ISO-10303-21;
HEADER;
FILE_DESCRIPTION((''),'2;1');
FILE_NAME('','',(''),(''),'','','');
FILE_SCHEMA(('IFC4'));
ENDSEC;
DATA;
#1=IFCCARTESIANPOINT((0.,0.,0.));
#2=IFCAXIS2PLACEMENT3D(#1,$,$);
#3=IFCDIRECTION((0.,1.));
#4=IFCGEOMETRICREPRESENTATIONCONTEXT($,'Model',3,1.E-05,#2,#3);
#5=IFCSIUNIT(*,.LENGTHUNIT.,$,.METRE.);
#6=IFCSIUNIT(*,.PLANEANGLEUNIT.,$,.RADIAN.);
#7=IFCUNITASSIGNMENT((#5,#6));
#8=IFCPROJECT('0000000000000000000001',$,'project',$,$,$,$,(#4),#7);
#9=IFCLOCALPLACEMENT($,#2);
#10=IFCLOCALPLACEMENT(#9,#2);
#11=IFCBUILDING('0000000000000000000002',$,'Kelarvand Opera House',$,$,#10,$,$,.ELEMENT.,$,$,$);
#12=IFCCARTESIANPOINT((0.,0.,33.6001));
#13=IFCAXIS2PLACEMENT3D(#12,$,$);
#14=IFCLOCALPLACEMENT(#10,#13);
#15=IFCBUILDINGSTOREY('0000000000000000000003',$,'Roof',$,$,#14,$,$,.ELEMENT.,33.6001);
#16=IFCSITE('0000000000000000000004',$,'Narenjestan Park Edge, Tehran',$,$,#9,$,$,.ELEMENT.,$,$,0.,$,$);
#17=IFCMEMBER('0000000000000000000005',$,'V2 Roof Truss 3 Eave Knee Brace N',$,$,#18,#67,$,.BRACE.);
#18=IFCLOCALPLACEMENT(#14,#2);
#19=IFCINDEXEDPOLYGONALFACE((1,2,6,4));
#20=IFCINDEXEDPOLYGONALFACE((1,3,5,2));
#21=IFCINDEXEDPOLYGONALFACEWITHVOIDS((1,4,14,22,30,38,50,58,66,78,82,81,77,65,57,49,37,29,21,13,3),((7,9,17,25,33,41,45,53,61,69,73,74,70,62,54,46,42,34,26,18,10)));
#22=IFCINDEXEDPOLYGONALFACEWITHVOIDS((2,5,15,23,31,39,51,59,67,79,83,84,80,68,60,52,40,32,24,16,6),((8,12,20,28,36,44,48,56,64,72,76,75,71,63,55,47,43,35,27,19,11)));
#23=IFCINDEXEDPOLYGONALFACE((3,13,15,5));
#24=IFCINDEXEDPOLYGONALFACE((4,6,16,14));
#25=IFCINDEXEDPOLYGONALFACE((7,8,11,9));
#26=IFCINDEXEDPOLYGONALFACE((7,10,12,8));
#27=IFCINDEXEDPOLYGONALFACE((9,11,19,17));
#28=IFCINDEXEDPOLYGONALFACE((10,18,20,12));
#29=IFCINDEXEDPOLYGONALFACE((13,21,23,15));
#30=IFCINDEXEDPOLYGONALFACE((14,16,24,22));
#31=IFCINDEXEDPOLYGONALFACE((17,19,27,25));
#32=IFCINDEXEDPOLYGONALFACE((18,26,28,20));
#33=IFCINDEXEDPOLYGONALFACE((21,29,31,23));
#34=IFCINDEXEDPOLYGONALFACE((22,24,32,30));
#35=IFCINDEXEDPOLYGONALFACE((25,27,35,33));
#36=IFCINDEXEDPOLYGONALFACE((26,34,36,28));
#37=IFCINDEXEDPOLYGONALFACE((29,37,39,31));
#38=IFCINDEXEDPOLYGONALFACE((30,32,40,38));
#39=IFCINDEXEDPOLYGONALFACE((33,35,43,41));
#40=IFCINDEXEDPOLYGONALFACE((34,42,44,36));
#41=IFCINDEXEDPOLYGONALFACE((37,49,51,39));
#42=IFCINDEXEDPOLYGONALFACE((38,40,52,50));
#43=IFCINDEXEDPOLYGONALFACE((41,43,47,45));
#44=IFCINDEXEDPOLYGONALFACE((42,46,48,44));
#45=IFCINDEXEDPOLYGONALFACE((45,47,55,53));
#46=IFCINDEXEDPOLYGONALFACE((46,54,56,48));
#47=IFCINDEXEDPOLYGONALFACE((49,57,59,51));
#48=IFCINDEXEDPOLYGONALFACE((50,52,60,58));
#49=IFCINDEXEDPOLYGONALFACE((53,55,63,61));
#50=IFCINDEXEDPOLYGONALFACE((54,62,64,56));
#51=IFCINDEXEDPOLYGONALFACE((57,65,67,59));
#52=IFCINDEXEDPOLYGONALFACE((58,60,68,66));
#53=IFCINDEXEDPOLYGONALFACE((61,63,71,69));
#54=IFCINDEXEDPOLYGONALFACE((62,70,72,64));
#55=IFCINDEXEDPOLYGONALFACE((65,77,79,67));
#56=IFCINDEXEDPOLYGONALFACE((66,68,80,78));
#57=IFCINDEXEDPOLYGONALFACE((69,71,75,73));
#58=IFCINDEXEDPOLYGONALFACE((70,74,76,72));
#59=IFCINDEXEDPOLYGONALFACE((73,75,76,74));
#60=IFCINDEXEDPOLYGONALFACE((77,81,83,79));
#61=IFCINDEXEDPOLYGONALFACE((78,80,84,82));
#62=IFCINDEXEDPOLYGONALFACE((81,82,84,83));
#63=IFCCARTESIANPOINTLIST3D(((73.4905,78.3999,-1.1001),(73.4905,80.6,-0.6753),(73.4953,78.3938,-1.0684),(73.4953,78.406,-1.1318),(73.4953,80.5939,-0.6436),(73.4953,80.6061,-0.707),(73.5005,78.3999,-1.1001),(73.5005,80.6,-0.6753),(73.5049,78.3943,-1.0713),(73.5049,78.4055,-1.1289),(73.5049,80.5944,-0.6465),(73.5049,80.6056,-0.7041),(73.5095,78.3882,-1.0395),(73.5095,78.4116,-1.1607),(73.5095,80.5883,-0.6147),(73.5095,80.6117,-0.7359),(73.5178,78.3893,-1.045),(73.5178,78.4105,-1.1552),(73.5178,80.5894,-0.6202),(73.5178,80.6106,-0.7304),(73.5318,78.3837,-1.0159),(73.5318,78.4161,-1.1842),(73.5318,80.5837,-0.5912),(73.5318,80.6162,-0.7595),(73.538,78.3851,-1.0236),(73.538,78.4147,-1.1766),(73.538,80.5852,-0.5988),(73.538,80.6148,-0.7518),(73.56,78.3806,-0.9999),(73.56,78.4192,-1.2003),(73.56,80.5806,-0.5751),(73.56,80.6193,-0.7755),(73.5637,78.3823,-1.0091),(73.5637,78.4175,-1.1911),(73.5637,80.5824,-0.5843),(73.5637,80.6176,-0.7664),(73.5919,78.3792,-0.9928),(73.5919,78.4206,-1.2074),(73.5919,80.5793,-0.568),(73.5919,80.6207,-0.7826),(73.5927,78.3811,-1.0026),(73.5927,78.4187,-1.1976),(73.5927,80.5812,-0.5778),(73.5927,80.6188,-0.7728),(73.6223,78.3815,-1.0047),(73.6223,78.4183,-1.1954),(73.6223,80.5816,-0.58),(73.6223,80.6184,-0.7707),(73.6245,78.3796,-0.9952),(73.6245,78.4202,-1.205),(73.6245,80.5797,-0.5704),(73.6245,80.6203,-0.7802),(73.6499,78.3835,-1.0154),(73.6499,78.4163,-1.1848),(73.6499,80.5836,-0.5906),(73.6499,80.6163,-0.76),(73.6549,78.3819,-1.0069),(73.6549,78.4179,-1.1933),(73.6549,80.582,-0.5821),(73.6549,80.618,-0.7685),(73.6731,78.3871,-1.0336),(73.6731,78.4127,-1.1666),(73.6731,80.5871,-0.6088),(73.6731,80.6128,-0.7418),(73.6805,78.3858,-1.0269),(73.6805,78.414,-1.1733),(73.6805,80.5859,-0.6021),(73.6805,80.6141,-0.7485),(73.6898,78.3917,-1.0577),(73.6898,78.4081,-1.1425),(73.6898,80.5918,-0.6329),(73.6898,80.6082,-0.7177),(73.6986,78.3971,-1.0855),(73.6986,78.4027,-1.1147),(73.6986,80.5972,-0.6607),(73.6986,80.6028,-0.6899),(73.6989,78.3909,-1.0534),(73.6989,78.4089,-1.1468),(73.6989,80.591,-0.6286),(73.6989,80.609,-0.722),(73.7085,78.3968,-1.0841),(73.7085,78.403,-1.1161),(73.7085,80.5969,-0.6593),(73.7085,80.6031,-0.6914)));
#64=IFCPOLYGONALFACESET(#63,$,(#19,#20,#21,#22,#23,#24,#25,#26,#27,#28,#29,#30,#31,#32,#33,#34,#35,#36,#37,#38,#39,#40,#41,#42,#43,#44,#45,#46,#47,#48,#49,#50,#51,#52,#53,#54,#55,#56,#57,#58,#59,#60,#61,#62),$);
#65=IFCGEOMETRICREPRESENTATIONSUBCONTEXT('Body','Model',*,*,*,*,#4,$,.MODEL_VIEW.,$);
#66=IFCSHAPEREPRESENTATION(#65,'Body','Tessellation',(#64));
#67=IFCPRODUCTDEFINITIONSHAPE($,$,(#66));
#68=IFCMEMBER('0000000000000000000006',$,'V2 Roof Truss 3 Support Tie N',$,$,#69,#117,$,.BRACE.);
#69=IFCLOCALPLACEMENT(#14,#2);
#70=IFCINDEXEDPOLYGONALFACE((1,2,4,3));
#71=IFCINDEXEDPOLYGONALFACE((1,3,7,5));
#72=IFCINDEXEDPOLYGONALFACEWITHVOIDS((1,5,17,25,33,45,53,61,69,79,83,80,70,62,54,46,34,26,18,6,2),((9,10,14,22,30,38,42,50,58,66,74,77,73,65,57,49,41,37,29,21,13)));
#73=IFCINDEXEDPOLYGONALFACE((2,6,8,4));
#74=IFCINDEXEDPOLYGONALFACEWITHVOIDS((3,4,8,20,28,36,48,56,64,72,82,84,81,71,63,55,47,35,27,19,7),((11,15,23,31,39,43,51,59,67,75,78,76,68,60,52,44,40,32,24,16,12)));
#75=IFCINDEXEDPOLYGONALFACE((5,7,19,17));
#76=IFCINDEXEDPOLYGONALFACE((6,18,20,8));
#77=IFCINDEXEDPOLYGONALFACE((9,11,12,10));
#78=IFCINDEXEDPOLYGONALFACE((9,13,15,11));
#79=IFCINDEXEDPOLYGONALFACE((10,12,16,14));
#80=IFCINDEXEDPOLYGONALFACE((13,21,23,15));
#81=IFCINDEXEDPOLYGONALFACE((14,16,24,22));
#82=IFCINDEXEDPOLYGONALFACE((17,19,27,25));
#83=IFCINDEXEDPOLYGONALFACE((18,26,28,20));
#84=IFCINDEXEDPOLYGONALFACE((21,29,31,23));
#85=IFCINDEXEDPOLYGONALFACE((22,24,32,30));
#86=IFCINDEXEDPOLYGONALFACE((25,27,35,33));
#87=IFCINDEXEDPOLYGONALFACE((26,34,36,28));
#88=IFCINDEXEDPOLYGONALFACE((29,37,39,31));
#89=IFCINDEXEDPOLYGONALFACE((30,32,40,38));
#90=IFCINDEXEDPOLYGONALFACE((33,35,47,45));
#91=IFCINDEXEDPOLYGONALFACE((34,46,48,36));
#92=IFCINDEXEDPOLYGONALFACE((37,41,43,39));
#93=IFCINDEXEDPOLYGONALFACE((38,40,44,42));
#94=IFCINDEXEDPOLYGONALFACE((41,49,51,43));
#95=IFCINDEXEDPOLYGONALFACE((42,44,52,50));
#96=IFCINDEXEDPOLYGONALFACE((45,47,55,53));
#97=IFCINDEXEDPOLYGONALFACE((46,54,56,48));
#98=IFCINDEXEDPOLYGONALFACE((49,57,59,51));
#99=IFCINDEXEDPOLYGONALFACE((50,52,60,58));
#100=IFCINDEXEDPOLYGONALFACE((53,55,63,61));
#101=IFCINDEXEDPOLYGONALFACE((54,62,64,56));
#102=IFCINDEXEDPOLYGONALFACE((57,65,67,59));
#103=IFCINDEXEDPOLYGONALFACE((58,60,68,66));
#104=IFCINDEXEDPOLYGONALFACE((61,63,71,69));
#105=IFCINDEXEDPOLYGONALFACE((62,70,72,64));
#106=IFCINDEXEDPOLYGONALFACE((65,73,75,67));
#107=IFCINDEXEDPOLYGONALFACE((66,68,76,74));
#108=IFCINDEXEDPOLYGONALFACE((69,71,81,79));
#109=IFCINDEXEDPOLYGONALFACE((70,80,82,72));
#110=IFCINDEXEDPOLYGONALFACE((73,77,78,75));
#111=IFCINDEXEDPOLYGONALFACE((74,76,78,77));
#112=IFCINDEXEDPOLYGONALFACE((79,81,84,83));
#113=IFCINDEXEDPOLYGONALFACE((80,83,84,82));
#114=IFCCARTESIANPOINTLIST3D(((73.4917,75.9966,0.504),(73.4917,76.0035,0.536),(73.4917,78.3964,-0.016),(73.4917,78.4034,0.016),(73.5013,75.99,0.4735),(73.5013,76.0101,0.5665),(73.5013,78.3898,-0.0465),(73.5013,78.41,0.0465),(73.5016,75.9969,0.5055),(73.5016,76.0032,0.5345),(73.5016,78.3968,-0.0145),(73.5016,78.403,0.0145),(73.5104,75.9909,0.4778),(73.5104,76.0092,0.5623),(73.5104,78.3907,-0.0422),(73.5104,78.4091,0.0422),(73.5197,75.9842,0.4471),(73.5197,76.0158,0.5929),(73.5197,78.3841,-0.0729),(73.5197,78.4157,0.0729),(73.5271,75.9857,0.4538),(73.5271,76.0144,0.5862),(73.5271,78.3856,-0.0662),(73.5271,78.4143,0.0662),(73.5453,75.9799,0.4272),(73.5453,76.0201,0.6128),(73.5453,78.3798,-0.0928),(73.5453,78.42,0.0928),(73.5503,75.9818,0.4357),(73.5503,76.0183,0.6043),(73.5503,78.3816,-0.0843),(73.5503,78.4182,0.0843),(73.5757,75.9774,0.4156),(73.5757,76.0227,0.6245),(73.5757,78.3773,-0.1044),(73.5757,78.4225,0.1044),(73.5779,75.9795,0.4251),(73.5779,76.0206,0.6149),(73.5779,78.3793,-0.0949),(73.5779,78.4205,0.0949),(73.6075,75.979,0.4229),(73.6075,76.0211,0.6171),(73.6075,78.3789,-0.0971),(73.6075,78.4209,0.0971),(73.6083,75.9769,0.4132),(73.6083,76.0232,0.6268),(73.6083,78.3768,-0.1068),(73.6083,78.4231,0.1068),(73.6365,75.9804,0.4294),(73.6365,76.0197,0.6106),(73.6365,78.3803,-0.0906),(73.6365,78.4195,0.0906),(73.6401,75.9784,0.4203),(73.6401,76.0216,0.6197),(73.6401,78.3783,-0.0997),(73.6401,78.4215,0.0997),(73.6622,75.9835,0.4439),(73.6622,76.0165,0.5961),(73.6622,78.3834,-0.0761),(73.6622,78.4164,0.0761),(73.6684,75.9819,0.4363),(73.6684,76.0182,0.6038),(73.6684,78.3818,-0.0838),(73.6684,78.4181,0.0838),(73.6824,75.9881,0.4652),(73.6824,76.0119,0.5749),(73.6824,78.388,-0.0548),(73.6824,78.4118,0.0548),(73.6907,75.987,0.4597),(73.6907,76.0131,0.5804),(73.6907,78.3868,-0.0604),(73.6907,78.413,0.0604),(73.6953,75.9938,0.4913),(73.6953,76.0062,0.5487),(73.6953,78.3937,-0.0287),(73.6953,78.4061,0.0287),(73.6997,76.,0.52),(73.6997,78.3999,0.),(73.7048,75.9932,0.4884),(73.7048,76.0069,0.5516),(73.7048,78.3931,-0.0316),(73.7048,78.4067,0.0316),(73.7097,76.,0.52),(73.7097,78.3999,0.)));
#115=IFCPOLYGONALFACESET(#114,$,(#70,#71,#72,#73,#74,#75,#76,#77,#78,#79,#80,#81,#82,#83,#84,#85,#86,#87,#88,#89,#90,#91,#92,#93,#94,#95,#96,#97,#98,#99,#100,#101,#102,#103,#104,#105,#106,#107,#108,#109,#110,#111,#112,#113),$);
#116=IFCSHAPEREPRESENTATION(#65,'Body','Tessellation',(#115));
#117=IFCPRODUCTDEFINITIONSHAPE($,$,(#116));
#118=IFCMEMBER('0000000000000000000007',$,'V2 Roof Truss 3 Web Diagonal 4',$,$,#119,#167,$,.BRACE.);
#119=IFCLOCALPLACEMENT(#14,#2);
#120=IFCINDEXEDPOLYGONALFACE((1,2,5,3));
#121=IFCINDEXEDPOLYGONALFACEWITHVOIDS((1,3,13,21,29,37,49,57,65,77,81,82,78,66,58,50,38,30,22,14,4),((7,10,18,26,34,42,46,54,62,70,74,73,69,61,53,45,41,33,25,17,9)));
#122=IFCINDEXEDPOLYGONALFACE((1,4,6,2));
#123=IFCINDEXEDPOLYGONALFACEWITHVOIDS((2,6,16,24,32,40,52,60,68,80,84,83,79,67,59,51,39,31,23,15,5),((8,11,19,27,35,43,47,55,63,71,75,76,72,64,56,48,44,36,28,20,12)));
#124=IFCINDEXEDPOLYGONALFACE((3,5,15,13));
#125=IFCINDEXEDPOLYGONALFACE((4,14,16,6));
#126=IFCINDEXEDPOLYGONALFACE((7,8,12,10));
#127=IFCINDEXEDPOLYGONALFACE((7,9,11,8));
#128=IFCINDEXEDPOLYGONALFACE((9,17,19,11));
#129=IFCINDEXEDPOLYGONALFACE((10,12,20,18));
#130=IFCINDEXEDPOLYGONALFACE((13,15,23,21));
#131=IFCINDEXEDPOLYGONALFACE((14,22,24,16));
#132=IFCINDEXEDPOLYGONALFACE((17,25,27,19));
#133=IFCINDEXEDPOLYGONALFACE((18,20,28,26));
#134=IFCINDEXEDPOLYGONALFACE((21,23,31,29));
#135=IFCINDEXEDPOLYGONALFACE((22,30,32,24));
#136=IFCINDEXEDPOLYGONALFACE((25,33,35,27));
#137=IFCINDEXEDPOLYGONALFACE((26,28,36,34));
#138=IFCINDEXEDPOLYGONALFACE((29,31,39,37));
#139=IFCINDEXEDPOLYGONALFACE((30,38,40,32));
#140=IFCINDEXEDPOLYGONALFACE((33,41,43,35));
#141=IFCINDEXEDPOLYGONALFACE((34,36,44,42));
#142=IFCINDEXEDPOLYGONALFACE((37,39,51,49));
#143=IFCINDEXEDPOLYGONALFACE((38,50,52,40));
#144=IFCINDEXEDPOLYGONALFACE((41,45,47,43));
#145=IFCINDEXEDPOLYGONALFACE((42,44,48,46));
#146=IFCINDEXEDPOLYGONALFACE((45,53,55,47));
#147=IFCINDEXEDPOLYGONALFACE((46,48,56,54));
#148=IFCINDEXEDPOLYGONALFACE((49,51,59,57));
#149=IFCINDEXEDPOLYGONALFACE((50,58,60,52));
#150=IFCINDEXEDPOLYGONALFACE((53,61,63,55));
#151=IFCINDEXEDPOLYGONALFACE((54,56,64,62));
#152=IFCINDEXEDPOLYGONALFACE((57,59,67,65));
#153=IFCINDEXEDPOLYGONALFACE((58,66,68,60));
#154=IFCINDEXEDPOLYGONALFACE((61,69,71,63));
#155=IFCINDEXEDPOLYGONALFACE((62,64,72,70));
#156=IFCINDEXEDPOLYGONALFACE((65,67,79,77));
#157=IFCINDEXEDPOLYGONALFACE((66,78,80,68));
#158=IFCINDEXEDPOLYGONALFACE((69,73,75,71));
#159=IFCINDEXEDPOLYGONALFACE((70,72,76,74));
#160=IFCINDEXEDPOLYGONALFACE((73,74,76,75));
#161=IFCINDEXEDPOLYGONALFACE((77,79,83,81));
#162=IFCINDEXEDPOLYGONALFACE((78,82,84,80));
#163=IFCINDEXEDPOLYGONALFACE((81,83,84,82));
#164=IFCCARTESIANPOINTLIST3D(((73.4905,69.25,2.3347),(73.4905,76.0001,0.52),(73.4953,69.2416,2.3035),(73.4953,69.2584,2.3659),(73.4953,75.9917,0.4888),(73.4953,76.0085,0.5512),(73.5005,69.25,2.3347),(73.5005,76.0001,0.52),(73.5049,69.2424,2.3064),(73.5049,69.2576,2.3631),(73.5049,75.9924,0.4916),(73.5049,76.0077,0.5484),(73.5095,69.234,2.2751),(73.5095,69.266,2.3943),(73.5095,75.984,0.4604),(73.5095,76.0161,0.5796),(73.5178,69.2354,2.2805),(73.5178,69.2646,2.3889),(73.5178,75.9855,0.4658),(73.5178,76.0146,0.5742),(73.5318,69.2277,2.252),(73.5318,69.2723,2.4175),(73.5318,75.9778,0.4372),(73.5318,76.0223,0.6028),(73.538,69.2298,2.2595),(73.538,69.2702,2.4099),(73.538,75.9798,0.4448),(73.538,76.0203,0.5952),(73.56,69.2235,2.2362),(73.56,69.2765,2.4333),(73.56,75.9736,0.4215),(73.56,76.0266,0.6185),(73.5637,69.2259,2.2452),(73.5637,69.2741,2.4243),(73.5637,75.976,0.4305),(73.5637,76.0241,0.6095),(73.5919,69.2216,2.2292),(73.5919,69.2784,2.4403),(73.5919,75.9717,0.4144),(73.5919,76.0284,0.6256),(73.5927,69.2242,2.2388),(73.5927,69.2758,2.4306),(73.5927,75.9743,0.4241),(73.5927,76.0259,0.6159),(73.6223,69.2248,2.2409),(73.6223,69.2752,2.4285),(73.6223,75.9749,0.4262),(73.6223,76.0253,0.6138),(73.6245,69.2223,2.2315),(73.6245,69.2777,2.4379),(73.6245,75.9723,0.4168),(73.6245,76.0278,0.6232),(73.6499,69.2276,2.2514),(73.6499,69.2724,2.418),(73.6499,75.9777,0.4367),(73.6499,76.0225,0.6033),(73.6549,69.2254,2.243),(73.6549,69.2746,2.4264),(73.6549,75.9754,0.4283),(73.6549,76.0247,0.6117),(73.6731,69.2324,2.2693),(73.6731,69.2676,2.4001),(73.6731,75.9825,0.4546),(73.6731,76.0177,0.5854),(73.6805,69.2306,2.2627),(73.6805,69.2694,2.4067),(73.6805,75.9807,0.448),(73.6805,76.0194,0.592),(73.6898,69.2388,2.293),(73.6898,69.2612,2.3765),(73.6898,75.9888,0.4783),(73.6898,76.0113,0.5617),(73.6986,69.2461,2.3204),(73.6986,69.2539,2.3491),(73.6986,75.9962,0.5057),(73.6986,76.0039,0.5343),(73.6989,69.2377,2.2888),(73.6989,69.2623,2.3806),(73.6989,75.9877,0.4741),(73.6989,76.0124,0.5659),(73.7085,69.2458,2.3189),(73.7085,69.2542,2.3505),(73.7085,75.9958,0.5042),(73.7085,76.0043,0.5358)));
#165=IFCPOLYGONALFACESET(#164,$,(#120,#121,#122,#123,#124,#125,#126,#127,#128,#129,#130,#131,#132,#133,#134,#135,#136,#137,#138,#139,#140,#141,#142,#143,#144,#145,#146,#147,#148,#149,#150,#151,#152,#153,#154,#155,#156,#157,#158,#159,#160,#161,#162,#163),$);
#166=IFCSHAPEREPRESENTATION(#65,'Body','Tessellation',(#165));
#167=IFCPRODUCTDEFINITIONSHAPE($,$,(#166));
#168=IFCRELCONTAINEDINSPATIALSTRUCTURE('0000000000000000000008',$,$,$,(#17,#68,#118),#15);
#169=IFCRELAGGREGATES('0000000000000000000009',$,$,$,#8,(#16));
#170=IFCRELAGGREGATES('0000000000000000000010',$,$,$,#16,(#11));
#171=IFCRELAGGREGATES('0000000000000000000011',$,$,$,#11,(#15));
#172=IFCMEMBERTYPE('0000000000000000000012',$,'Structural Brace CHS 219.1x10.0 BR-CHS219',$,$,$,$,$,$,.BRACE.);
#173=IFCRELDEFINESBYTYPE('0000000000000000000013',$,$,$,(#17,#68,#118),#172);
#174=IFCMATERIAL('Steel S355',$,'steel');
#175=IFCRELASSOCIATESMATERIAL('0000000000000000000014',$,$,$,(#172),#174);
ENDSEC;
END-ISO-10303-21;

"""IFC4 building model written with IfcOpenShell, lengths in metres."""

from ifc_helpers import new_model, si_unit, direction, frame, origin, origin_2d, place, context, subcontext, project, spatial, hollow_circle, extrude, material, material_profile, profile_set, type_object, element, save


model = new_model("IFC4")

# Units and contexts
model_context = context("Model", 3, precision=1e-05, world=origin(), true_north=direction((0.0, 1.0)))
body_context = subcontext(model_context, "Body", "Model", "MODEL_VIEW")
ifc_project = project(units=[si_unit("LENGTHUNIT", "METRE"), si_unit("PLANEANGLEUNIT", "RADIAN")], contexts=[model_context])

# Site, building, storey
site_placement = place(None, origin())
site = spatial("IfcSite", under=ifc_project, at=site_placement, Name="Narenjestan Park Edge, Tehran", CompositionType="ELEMENT", RefElevation=0.0)
building_placement = place(site_placement, origin())
building = spatial("IfcBuilding", under=site, at=building_placement, Name="Kelarvand Opera House", CompositionType="ELEMENT")
storey_placement = place(building_placement, frame((0.0, 0.0, 33.6001)))
storey = spatial("IfcBuildingStorey", under=building, at=storey_placement, Name="Roof", CompositionType="ELEMENT", Elevation=33.6001)

# Members
ifc_material = material(Name="Steel S355", Category="steel")
ifc_material_profile_1 = material_profile(ifc_material, hollow_circle(Radius=0.1096, WallThickness=0.01, at=origin_2d()), Name="CHS 219.1x10.0", Category="steel")
ifc_profile_set_1 = profile_set([ifc_material_profile_1], Name="Steel S355")
member_type_1 = type_object("IfcMemberType", Name="Structural Brace CHS 219.1x10.0 BR-CHS219", PredefinedType="BRACE", material=ifc_profile_set_1)
member_1_placement = place(storey_placement, frame((73.6001, 78.3999, -1.1001), z_axis=(0.0, 0.981866, 0.189575), x_axis=(-1.0, 0.0, 0.0)))
element("IfcMember", 1, at=member_1_placement, inside=storey, type_object=member_type_1, Name="V2 Roof Truss 3 Eave Knee Brace N", PredefinedType="BRACE", context=body_context, shape_type="SweptSolid", body=[
    extrude(hollow_circle(Radius=0.1096, WallThickness=0.01, at=origin_2d()), origin(), (0.0, 0.0, 1.0), 2.2407),
])
member_2_placement = place(storey_placement, frame((73.6001, 78.3999, 0.0), z_axis=(0.0, -0.97732, 0.211769), x_axis=(1.0, 0.0, 0.0)))
element("IfcMember", 2, at=member_2_placement, inside=storey, type_object=member_type_1, Name="V2 Roof Truss 3 Support Tie N", PredefinedType="BRACE", context=body_context, shape_type="SweptSolid", body=[
    extrude(hollow_circle(Radius=0.1096, WallThickness=0.01, at=origin_2d()), origin(), (0.0, 0.0, 1.0), 2.4556),
])
for number, where, z_axis, x_axis, name in (
    (3, (73.6001, 69.25, 2.3347), (0.0, 0.965709, -0.259625), (-1.0, 0.0, 0.0), "V2 Roof Truss 3 Web Diagonal 4"),
):
    element("IfcMember", number, at=place(storey_placement, frame(where, z_axis=z_axis, x_axis=x_axis)), inside=storey, type_object=member_type_1, Name=name, PredefinedType="BRACE", context=body_context, shape_type="SweptSolid", body=[
        extrude(hollow_circle(Radius=0.1096, WallThickness=0.01, at=origin_2d()), origin(), (0.0, 0.0, 1.0), 6.9897),
    ])

save(model, "model.ifc")
